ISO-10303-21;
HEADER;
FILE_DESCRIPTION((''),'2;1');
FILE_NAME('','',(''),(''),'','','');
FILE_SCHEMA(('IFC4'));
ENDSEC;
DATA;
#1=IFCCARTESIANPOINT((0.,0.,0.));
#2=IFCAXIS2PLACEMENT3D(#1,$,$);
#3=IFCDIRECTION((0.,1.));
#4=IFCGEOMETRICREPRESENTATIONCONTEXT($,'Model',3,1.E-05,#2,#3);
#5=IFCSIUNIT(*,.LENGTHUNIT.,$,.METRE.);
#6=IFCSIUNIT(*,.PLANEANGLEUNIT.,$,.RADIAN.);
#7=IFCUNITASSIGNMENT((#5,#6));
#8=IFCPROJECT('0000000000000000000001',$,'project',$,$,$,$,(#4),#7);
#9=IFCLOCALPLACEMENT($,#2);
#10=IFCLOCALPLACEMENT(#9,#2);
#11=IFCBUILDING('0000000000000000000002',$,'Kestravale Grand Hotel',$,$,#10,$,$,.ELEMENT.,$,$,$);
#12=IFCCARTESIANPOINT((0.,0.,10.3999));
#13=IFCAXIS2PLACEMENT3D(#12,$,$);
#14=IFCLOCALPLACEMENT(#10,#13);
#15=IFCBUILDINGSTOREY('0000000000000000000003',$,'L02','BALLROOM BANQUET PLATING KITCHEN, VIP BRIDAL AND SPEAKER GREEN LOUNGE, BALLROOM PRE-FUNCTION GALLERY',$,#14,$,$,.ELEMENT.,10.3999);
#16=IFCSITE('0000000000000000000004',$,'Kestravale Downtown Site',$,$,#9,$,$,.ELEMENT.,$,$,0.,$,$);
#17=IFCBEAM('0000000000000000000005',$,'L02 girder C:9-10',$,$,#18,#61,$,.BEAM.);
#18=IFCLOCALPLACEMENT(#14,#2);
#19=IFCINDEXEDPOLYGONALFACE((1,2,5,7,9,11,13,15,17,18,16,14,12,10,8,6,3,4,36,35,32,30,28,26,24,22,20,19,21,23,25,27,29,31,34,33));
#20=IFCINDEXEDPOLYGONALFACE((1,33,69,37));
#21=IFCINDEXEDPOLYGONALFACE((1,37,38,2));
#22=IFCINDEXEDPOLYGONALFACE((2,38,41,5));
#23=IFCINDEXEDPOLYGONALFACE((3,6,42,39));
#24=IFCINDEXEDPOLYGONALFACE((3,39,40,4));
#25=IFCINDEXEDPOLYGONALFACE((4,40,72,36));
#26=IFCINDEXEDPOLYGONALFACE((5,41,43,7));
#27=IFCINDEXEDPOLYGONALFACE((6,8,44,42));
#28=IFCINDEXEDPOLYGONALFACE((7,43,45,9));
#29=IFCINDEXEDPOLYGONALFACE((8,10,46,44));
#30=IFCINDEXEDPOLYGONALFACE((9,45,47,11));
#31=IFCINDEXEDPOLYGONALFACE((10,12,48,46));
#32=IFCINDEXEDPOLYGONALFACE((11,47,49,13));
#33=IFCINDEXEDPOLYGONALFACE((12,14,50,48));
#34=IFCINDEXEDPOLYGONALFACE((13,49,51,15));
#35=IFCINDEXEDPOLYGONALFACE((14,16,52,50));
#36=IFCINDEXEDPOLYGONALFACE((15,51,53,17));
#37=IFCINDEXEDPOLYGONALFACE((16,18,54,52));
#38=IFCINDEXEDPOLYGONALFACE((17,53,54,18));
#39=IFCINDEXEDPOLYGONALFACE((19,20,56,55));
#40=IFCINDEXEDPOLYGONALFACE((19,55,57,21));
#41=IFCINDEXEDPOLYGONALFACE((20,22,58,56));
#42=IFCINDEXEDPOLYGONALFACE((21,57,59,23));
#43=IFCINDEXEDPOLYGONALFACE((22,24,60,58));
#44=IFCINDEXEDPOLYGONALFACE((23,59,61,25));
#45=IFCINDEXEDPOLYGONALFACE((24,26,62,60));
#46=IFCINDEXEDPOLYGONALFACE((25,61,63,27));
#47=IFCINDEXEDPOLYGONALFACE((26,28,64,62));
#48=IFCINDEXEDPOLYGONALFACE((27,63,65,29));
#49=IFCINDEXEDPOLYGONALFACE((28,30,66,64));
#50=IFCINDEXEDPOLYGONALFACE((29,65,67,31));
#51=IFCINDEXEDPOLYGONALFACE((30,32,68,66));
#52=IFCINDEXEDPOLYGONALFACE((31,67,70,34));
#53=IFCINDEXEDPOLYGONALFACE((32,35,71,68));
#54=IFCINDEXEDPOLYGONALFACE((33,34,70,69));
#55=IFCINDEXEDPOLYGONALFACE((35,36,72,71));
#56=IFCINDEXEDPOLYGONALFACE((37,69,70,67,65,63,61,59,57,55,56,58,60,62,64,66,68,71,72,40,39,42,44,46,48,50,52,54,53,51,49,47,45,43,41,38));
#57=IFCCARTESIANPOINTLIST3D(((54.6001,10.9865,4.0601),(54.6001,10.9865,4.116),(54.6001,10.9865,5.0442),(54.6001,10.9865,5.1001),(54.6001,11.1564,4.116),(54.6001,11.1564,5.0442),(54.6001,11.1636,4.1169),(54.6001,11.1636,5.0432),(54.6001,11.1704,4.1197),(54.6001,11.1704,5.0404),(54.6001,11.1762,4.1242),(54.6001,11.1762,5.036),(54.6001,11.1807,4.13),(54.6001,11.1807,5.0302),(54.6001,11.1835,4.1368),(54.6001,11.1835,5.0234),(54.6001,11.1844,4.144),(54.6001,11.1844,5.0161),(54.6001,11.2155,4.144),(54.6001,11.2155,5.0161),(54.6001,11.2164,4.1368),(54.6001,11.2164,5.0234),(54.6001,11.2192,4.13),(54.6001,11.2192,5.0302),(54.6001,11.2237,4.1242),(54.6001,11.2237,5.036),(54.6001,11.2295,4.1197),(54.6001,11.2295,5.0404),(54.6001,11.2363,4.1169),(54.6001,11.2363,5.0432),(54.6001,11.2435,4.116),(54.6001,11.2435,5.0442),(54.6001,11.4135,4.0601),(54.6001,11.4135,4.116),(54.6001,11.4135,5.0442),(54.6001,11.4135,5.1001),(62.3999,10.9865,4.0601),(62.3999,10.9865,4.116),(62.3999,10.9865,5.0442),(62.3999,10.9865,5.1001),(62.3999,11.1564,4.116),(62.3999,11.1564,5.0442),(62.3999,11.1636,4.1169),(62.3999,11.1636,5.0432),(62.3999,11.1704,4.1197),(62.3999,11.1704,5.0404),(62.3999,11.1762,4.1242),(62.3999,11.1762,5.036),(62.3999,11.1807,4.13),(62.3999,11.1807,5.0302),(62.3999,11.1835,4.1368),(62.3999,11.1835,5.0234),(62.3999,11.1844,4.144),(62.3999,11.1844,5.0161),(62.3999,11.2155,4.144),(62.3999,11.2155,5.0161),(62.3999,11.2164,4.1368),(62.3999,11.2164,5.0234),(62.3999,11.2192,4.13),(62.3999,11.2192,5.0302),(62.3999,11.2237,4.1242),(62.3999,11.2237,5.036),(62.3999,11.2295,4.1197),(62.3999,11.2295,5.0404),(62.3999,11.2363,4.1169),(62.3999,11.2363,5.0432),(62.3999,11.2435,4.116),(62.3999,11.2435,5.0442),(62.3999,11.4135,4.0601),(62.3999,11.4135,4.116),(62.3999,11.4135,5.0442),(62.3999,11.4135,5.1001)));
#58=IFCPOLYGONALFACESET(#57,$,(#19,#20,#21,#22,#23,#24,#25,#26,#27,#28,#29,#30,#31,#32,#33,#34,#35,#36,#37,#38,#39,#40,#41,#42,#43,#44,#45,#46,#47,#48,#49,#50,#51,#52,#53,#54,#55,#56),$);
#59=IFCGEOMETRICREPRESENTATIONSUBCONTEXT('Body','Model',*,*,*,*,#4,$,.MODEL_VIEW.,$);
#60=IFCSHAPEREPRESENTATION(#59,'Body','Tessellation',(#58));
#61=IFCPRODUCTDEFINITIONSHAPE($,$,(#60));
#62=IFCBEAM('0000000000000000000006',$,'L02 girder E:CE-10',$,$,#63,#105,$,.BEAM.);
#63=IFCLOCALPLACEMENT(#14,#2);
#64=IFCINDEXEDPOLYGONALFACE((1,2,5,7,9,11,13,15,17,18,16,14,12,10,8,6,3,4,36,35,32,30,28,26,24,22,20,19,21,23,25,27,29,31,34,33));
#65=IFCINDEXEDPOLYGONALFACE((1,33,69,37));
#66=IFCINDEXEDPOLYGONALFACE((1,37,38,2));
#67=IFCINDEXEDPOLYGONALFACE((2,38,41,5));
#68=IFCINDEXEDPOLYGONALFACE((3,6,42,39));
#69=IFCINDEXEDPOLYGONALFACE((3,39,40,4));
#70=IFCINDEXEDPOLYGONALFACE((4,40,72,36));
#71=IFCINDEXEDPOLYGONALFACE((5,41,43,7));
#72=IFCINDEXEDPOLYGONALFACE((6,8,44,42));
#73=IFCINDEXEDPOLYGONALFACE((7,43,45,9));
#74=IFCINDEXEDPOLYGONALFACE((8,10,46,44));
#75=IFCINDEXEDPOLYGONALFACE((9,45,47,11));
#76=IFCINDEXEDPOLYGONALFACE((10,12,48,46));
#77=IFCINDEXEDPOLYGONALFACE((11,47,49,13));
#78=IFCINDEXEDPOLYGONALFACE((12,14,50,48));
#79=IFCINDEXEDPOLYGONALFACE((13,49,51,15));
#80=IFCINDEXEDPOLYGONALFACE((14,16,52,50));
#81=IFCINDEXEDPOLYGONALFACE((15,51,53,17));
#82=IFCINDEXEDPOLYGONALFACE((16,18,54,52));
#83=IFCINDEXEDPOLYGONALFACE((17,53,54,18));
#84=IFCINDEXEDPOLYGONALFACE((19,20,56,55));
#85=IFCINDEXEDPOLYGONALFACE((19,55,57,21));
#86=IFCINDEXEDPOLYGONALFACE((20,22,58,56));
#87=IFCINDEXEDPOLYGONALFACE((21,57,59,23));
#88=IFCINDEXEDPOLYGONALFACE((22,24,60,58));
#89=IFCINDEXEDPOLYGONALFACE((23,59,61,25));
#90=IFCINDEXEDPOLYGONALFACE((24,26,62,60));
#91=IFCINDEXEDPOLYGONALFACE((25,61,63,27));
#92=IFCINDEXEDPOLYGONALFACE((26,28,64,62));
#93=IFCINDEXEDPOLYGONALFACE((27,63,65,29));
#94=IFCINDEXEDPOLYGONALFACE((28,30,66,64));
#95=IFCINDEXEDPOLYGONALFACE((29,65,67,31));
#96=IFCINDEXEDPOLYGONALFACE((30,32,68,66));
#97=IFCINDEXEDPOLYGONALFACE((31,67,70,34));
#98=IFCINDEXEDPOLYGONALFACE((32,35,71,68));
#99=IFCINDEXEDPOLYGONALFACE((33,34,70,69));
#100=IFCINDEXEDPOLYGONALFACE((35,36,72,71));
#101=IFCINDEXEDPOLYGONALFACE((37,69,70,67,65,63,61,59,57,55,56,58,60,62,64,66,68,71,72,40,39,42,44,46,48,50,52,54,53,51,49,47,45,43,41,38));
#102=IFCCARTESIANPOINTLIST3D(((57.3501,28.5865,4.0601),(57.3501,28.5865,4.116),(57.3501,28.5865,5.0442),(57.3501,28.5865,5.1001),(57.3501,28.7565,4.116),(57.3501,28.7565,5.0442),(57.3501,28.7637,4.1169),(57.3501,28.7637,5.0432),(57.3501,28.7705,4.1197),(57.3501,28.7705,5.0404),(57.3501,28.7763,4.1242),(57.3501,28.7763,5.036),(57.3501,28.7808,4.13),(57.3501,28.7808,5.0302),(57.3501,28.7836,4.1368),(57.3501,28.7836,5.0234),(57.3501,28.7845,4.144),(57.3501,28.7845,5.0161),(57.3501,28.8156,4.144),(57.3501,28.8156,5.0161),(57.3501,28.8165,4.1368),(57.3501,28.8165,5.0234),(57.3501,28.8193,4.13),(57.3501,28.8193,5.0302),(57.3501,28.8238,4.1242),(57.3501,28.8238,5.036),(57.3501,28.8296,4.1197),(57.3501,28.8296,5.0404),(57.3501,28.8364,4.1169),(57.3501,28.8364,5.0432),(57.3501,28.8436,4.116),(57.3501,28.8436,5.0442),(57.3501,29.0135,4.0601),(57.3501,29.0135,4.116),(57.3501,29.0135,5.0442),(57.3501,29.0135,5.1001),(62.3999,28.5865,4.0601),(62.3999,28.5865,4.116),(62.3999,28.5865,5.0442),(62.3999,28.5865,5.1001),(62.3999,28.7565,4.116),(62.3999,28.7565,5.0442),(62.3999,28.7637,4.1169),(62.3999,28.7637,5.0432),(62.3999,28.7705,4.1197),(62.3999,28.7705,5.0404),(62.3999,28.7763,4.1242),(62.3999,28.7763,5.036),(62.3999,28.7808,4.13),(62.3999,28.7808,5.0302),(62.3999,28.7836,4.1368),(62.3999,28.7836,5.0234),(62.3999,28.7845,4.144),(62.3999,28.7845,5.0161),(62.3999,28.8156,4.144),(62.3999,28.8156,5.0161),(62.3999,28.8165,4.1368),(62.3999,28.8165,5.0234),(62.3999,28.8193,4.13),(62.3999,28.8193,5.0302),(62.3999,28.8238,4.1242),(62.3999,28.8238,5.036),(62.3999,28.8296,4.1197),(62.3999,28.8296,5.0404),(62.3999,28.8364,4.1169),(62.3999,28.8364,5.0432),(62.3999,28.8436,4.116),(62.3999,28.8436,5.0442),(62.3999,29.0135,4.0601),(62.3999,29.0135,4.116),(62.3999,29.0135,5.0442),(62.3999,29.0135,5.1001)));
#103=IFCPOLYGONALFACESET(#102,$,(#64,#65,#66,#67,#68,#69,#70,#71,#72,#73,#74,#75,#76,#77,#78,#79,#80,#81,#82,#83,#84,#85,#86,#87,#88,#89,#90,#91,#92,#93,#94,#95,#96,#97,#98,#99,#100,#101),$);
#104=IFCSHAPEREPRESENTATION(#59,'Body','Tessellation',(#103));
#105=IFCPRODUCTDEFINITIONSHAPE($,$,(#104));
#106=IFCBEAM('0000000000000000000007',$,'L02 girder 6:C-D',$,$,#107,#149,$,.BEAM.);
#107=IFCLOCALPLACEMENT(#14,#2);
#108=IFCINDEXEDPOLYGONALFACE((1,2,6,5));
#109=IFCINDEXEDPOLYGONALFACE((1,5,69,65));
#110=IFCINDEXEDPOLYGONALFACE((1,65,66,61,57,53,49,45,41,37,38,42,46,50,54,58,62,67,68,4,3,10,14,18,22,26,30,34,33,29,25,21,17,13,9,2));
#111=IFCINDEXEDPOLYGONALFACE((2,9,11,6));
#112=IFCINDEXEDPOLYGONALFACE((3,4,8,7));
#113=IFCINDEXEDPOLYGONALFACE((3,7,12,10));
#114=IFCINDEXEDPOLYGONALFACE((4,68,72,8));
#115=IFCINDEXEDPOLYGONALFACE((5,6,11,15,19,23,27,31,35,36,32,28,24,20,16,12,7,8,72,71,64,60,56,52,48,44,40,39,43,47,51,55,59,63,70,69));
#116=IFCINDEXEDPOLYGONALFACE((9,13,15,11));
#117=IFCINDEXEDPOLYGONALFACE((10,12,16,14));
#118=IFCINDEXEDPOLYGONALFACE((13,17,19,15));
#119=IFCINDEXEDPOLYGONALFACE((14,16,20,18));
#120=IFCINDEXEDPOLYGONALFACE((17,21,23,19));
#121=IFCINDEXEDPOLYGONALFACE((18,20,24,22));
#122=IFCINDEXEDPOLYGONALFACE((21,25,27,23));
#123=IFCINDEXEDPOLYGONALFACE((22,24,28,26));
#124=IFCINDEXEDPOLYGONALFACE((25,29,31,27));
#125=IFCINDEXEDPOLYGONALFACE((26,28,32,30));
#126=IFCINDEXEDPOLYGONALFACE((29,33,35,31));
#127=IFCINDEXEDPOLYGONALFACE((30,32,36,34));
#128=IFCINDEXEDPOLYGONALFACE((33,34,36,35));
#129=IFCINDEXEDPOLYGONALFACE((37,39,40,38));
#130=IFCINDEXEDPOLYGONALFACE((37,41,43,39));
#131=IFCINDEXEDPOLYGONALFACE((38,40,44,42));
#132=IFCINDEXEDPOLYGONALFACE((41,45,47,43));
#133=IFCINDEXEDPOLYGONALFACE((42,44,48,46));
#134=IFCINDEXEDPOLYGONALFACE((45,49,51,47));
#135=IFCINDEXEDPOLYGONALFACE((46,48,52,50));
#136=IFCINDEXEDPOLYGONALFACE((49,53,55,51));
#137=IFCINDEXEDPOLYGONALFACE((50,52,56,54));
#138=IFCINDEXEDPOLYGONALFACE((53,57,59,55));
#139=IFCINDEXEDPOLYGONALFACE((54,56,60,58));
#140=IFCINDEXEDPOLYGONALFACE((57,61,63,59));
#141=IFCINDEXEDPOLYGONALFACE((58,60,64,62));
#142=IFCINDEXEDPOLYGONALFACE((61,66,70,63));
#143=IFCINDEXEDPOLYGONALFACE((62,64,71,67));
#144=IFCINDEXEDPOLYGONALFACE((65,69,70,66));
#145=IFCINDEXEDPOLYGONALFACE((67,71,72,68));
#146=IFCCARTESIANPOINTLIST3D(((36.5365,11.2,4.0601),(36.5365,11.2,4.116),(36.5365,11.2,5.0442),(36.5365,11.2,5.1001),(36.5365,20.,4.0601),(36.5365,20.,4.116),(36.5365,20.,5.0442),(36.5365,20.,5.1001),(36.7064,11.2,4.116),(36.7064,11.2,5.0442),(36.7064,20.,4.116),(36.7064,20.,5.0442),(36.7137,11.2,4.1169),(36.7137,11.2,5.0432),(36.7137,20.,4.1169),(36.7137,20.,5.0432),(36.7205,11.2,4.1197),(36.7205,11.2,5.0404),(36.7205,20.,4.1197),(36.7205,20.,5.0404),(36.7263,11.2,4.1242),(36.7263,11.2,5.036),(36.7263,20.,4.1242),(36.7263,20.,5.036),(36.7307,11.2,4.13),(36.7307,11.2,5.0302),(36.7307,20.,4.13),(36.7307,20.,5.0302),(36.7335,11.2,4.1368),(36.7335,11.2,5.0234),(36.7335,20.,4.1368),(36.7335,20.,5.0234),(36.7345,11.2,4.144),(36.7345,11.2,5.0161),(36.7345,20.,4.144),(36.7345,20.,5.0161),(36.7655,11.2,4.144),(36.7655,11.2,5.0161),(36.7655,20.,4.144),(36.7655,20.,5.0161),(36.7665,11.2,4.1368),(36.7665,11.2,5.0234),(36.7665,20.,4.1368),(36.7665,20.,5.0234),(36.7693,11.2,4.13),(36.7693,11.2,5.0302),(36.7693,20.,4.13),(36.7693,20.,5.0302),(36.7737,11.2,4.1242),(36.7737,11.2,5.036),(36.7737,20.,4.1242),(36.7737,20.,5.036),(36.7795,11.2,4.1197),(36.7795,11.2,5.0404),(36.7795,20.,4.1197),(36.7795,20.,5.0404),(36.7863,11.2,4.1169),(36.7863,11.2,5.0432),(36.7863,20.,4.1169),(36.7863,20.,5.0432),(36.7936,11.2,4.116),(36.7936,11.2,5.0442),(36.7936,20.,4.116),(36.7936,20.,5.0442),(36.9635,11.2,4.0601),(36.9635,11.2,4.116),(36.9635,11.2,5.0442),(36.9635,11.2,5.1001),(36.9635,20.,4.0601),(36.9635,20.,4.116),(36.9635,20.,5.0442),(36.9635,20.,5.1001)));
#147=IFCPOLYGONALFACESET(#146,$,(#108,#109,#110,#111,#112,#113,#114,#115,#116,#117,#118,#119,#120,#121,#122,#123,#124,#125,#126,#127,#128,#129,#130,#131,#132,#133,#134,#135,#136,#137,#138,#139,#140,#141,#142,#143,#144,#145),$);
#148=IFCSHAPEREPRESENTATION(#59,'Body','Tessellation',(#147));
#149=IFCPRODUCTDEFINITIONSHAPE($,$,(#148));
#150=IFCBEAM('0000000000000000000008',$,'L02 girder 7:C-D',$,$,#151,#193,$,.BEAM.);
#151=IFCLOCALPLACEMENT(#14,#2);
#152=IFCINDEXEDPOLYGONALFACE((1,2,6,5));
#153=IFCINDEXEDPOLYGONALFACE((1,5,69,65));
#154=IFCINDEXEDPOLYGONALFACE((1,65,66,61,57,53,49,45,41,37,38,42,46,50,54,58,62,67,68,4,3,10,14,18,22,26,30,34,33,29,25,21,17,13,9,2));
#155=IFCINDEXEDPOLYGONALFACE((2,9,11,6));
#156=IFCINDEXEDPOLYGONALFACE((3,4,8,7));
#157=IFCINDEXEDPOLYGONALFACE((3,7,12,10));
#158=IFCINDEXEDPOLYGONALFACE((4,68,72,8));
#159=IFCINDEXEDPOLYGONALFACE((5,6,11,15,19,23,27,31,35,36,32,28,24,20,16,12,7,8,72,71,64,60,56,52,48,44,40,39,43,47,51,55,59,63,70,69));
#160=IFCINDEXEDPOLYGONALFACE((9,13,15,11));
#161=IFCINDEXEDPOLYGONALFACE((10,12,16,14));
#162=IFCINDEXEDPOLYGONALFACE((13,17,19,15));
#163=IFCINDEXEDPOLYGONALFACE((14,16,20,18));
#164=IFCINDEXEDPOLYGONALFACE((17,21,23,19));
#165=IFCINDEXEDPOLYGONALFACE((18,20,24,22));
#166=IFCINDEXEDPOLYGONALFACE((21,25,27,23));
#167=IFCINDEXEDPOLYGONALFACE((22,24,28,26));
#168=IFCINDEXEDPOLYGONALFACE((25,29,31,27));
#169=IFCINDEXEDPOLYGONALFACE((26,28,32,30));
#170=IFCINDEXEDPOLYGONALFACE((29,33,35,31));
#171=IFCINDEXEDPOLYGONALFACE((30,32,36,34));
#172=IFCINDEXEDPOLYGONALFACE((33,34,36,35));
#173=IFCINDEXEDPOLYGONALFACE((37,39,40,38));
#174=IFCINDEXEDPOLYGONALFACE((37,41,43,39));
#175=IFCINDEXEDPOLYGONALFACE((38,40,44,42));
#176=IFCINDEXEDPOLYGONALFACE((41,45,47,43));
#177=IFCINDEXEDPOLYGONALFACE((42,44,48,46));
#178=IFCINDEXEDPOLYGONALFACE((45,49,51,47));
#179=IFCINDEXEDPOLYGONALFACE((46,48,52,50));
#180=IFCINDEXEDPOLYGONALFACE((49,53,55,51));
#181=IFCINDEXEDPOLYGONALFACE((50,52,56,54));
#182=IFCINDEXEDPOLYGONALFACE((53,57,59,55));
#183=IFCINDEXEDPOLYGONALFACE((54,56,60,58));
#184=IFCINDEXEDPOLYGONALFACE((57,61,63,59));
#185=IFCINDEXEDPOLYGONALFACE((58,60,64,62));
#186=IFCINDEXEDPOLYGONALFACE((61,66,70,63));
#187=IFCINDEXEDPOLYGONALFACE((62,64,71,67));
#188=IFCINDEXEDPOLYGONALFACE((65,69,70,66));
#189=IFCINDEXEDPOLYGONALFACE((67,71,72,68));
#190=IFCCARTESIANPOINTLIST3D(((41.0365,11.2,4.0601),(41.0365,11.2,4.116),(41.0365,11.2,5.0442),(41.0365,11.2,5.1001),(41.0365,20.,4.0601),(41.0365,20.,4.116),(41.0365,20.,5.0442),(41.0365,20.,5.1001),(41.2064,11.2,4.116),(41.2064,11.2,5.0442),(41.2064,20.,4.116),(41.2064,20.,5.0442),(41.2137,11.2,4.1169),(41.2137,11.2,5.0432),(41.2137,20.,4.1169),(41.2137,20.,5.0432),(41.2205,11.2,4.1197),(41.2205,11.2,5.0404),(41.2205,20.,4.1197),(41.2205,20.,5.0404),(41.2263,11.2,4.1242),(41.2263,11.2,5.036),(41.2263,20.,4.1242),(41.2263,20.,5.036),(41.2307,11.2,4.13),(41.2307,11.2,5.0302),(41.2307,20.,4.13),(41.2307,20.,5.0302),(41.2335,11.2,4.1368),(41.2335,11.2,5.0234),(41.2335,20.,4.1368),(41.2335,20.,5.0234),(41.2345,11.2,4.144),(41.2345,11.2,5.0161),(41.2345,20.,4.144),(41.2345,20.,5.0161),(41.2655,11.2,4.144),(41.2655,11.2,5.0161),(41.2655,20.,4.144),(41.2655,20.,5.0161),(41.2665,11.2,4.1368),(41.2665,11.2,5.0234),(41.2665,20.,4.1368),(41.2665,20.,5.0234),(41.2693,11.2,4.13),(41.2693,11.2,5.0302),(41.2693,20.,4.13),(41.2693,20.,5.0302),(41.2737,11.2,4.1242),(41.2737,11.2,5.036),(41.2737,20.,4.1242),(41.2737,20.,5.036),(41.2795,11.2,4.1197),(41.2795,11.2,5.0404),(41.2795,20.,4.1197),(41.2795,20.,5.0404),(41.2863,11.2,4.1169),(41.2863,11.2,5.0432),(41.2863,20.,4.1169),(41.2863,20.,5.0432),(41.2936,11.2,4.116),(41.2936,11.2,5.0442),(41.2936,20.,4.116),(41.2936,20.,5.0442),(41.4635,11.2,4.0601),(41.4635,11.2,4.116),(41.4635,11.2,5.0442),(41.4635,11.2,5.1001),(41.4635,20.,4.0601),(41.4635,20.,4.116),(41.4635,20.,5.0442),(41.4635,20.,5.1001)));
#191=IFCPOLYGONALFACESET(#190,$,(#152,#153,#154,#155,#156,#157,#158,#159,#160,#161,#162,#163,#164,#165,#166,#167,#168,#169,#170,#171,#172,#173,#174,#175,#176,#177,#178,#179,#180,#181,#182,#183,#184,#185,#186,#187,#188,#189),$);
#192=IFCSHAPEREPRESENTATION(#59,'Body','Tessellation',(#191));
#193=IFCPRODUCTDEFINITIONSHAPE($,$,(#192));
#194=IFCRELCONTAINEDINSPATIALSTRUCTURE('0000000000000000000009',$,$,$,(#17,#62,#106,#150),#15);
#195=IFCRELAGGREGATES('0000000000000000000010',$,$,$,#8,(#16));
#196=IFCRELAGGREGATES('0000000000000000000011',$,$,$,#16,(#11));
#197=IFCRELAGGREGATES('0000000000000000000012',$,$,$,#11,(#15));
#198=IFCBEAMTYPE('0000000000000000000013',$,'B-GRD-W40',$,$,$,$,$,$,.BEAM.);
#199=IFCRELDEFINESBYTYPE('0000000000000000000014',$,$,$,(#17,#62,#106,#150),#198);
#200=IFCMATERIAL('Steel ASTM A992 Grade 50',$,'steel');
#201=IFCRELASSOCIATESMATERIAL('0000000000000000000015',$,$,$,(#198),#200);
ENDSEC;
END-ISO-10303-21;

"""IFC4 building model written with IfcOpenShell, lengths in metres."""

from ifc_helpers import new_model, si_unit, direction, frame, origin, origin_2d, place, context, subcontext, project, spatial, i_section, extrude, material, material_profile, profile_set, type_object, element, save


model = new_model("IFC4")

# Units and contexts
model_context = context("Model", 3, precision=1e-05, world=origin(), true_north=direction((0.0, 1.0)))
body_context = subcontext(model_context, "Body", "Model", "MODEL_VIEW")
ifc_project = project(units=[si_unit("LENGTHUNIT", "METRE"), si_unit("PLANEANGLEUNIT", "RADIAN")], contexts=[model_context])

# Site, building, storey
site_placement = place(None, origin())
site = spatial("IfcSite", under=ifc_project, at=site_placement, Name="Kestravale Downtown Site", CompositionType="ELEMENT", RefElevation=0.0)
building_placement = place(site_placement, origin())
building = spatial("IfcBuilding", under=site, at=building_placement, Name="Kestravale Grand Hotel", CompositionType="ELEMENT")
storey_placement = place(building_placement, frame((0.0, 0.0, 10.3999)))
storey = spatial("IfcBuildingStorey", under=building, at=storey_placement, Name="L02", Description="BALLROOM BANQUET PLATING KITCHEN, VIP BRIDAL AND SPEAKER GREEN LOUNGE, BALLROOM PRE-FUNCTION GALLERY", CompositionType="ELEMENT", Elevation=10.3999)

# Beams
ifc_material_1 = material(Name="Steel ASTM A992 Grade 50", Category="steel")
ifc_material_profile_1 = material_profile(ifc_material_1, i_section(OverallWidth=0.427, OverallDepth=1.04, WebThickness=0.031, FlangeThickness=0.0559, FilletRadius=0.0281, at=origin_2d()))
ifc_profile_set_1 = profile_set([ifc_material_profile_1], Name="Steel ASTM A992 Grade 50")
beam_type = type_object("IfcBeamType", Name="B-GRD-W40", PredefinedType="BEAM", material=ifc_profile_set_1)
beam_1_placement = place(storey_placement, frame((54.6001, 11.2, 4.5801), z_axis=(1.0, 0.0, 0.0), x_axis=(0.0, 1.0, 0.0)))
element("IfcBeam", 1, at=beam_1_placement, inside=storey, type_object=beam_type, Name="L02 girder C:9-10", PredefinedType="BEAM", context=body_context, shape_type="SweptSolid", body=[
    extrude(i_section(OverallWidth=0.427, OverallDepth=1.04, WebThickness=0.031, FlangeThickness=0.0559, FilletRadius=0.0281, at=origin_2d()), origin(), (0.0, 0.0, 1.0), 7.7998),
])
beam_2_placement = place(storey_placement, frame((57.3501, 28.8, 4.5801), z_axis=(1.0, 0.0, 0.0), x_axis=(0.0, 1.0, 0.0)))
element("IfcBeam", 2, at=beam_2_placement, inside=storey, type_object=beam_type, Name="L02 girder E:CE-10", PredefinedType="BEAM", context=body_context, shape_type="SweptSolid", body=[
    extrude(i_section(OverallWidth=0.427, OverallDepth=1.04, WebThickness=0.031, FlangeThickness=0.0559, FilletRadius=0.0281, at=origin_2d()), origin(), (0.0, 0.0, 1.0), 5.0498),
])
for number, where, z_axis, x_axis, name in (
    (3, (36.75, 11.2, 4.5801), (0.0, 1.0, 0.0), (-1.0, 0.0, 0.0), "L02 girder 6:C-D"),
    (4, (41.25, 11.2, 4.5801), (0.0, 1.0, 0.0), (-1.0, 0.0, 0.0), "L02 girder 7:C-D"),
):
    element("IfcBeam", number, at=place(storey_placement, frame(where, z_axis=z_axis, x_axis=x_axis)), inside=storey, type_object=beam_type, Name=name, PredefinedType="BEAM", context=body_context, shape_type="SweptSolid", body=[
        extrude(i_section(OverallWidth=0.427, OverallDepth=1.04, WebThickness=0.031, FlangeThickness=0.0559, FilletRadius=0.0281, at=origin_2d()), origin(), (0.0, 0.0, 1.0), 8.8),
    ])

save(model, "model.ifc")
